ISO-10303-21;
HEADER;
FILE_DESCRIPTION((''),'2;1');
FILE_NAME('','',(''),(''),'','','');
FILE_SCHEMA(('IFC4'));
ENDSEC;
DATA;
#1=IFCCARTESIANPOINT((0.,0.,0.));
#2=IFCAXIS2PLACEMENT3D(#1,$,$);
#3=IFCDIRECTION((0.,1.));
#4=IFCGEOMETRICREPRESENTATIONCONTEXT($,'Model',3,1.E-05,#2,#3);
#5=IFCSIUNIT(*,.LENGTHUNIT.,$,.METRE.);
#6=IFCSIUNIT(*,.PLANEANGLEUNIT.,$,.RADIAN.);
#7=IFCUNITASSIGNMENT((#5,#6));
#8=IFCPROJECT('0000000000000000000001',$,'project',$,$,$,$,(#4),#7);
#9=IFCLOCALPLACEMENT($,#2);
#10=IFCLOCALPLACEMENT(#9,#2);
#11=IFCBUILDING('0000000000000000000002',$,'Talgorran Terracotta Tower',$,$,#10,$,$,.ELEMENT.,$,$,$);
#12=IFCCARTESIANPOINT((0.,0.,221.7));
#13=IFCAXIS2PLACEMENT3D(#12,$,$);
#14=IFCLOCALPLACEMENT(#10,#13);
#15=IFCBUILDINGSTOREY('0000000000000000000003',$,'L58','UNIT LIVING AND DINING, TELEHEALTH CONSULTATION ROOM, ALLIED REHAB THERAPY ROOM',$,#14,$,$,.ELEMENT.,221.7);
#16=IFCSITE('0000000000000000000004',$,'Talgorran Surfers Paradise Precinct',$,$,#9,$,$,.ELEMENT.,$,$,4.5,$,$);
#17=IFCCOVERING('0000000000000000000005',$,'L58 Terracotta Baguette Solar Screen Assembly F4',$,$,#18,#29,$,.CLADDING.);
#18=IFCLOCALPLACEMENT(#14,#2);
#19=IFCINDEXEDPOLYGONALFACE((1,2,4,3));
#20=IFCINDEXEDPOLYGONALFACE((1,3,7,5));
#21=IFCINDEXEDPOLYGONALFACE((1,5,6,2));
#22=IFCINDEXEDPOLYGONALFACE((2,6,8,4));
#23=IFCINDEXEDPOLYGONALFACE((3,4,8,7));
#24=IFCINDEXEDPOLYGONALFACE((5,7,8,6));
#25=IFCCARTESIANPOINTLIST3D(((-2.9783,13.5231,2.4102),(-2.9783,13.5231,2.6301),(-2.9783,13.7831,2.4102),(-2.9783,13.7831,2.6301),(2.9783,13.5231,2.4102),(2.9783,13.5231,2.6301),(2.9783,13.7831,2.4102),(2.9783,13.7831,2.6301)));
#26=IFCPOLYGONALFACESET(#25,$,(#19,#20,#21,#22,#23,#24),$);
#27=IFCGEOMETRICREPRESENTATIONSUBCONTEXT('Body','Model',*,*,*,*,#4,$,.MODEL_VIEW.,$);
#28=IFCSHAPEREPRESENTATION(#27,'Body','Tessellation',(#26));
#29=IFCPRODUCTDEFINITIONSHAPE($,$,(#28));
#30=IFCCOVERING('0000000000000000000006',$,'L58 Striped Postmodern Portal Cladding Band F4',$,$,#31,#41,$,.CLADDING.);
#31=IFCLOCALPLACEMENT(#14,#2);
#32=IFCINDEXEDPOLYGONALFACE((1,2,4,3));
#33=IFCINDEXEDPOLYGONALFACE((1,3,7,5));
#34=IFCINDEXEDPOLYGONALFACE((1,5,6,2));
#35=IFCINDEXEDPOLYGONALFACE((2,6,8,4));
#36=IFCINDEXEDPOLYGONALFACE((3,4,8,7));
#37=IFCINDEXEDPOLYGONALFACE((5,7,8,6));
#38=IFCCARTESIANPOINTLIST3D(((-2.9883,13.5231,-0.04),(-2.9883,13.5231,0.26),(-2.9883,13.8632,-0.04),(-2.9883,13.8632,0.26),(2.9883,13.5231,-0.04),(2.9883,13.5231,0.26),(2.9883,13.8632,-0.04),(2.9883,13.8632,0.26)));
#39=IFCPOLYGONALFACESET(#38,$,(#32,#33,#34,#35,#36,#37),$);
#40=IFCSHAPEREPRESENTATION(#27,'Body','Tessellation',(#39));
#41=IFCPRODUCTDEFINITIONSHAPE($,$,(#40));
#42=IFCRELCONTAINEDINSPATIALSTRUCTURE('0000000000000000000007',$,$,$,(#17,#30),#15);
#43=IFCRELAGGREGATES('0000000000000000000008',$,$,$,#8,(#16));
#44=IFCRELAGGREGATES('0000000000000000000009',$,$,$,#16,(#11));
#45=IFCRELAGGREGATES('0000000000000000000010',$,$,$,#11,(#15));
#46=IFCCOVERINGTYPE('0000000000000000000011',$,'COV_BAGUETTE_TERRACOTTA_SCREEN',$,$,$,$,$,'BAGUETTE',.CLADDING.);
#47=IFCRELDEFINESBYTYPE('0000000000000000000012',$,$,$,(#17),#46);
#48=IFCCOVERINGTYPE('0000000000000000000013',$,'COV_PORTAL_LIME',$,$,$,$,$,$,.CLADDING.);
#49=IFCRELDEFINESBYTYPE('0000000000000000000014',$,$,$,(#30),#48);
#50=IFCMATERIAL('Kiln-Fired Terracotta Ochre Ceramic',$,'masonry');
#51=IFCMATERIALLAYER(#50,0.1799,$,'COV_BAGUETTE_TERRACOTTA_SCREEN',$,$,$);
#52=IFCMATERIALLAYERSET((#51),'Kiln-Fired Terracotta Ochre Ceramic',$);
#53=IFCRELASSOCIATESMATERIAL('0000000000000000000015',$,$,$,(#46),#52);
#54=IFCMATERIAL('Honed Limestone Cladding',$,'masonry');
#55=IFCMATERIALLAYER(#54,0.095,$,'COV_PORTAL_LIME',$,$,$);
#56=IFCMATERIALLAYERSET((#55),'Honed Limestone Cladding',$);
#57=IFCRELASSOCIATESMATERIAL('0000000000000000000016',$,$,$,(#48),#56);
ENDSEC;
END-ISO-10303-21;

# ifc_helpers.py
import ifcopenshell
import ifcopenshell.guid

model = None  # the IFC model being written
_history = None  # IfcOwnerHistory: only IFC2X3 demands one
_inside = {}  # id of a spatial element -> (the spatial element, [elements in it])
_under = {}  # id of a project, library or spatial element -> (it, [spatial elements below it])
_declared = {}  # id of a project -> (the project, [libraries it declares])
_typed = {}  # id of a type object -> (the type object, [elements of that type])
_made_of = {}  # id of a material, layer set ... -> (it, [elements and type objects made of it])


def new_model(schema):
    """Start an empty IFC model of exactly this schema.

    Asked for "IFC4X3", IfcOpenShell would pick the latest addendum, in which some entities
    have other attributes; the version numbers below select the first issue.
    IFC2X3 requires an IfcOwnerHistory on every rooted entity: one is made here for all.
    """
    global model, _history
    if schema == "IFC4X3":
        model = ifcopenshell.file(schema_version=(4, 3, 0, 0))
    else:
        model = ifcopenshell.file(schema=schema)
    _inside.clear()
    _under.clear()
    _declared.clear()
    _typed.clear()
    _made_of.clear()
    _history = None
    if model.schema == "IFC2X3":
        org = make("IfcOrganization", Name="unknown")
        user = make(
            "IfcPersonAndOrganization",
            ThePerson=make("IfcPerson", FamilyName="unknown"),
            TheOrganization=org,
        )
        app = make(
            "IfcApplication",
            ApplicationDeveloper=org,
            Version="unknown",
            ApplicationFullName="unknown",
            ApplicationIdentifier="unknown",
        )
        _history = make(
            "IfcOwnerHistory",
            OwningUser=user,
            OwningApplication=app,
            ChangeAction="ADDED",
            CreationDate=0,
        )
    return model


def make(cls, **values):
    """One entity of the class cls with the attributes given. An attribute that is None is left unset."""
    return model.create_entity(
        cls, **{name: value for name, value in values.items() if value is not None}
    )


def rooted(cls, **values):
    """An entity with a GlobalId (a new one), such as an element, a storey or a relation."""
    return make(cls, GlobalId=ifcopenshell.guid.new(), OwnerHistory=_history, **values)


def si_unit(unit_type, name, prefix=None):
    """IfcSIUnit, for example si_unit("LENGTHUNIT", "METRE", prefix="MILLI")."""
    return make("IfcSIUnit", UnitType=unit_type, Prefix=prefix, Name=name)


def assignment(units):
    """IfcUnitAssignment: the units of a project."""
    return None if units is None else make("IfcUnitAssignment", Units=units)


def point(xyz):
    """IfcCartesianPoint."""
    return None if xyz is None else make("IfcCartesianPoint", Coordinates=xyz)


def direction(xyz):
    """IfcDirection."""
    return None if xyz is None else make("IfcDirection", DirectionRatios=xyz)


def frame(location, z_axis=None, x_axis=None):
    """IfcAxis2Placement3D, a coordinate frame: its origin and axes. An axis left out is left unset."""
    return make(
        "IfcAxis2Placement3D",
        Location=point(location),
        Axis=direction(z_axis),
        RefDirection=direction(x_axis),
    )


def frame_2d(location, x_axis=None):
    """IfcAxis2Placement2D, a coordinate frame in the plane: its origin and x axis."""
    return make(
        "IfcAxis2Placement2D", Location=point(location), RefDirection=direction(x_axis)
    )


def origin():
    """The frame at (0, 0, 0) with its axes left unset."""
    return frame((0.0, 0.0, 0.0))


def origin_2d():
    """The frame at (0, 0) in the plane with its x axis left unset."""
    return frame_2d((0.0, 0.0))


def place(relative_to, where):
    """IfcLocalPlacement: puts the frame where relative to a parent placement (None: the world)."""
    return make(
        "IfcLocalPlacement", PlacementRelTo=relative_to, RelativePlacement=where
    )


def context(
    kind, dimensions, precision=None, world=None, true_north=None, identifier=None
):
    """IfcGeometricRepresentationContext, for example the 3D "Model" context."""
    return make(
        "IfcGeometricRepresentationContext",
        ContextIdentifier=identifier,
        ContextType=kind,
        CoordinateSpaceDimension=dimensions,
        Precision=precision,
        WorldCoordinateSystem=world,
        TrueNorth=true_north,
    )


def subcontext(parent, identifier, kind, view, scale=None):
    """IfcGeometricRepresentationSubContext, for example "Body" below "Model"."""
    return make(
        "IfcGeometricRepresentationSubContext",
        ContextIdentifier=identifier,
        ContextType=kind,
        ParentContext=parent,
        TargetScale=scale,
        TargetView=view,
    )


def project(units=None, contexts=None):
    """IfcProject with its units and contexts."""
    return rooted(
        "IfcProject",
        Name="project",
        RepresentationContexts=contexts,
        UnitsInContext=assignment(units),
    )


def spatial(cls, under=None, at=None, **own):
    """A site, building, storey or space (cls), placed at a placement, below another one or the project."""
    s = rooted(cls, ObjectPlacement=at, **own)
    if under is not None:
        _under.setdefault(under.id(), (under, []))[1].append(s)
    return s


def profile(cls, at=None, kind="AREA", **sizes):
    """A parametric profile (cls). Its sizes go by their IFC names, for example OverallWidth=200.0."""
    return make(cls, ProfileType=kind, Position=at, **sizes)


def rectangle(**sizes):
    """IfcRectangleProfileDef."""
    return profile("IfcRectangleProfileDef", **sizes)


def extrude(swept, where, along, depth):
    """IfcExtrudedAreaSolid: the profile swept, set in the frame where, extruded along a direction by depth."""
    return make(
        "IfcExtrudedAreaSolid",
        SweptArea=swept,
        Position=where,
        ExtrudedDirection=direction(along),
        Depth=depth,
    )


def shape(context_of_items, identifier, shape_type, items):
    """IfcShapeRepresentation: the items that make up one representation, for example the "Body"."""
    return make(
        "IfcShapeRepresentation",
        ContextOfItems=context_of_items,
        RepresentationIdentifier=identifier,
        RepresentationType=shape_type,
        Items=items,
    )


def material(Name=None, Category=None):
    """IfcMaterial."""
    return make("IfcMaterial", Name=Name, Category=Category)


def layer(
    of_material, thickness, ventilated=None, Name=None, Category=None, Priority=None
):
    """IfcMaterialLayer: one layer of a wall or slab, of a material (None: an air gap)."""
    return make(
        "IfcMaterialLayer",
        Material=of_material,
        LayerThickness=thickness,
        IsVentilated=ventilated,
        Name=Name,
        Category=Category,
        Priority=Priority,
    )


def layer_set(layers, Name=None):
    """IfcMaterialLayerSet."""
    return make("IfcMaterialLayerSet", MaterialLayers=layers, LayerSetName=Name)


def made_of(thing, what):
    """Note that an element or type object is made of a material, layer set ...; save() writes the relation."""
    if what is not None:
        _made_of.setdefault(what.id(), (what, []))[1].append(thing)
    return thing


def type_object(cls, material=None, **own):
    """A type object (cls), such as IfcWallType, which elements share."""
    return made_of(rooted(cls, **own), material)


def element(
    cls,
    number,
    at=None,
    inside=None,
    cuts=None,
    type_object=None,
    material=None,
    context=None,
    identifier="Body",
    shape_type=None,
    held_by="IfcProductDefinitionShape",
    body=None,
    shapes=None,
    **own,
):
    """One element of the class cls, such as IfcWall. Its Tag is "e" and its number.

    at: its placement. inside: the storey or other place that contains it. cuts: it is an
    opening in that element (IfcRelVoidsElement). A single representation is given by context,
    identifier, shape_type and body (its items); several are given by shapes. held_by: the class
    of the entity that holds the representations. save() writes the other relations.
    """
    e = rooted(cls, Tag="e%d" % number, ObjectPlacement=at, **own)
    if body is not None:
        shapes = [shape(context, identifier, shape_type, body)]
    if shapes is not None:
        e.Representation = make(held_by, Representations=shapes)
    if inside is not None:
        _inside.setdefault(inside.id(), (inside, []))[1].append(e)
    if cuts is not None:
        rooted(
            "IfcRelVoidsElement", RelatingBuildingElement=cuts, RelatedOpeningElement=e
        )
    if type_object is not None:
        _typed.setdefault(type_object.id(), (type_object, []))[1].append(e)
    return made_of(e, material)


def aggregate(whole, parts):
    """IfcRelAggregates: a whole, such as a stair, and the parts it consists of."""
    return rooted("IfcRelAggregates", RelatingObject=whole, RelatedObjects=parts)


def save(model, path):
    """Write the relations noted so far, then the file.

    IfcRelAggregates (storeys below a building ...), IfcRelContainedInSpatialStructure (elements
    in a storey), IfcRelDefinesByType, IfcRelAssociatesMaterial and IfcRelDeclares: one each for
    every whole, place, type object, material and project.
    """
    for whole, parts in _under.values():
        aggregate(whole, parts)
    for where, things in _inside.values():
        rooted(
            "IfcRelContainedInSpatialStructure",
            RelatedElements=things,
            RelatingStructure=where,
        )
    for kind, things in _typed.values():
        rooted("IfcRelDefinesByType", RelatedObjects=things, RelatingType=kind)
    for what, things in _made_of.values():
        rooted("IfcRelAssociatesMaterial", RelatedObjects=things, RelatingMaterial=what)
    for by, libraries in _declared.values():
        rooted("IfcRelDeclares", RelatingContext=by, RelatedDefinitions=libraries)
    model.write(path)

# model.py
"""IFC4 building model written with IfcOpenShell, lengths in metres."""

from ifc_helpers import new_model, si_unit, direction, frame, origin, origin_2d, place, context, subcontext, project, spatial, rectangle, extrude, material, layer, layer_set, type_object, element, save


model = new_model("IFC4")

# Units and contexts
model_context = context("Model", 3, precision=1e-05, world=origin(), true_north=direction((0.0, 1.0)))
body_context = subcontext(model_context, "Body", "Model", "MODEL_VIEW")
ifc_project = project(units=[si_unit("LENGTHUNIT", "METRE"), si_unit("PLANEANGLEUNIT", "RADIAN")], contexts=[model_context])

# Site, building, storey
site_placement = place(None, origin())
site = spatial("IfcSite", under=ifc_project, at=site_placement, Name="Talgorran Surfers Paradise Precinct", CompositionType="ELEMENT", RefElevation=4.5)
building_placement = place(site_placement, origin())
building = spatial("IfcBuilding", under=site, at=building_placement, Name="Talgorran Terracotta Tower", CompositionType="ELEMENT")
storey_placement = place(building_placement, frame((0.0, 0.0, 221.7)))
storey = spatial("IfcBuildingStorey", under=building, at=storey_placement, Name="L58", Description="UNIT LIVING AND DINING, TELEHEALTH CONSULTATION ROOM, ALLIED REHAB THERAPY ROOM", CompositionType="ELEMENT", Elevation=221.7)

# Coverings
ifc_material_1 = material(Name="Kiln-Fired Terracotta Ochre Ceramic", Category="masonry")
ifc_layer_1 = layer(ifc_material_1, 0.1799, Name="COV_BAGUETTE_TERRACOTTA_SCREEN")
ifc_layer_set_1 = layer_set([ifc_layer_1], Name="Kiln-Fired Terracotta Ochre Ceramic")
covering_type_1 = type_object("IfcCoveringType", Name="COV_BAGUETTE_TERRACOTTA_SCREEN", ElementType="BAGUETTE", PredefinedType="CLADDING", material=ifc_layer_set_1)
covering_1_placement = place(storey_placement, frame((0.0, 13.6531, 2.4102), z_axis=(0.0, 0.0, 1.0), x_axis=(-1.0, 0.0, 0.0)))
element("IfcCovering", 1, at=covering_1_placement, inside=storey, type_object=covering_type_1, Name="L58 Terracotta Baguette Solar Screen Assembly F4", PredefinedType="CLADDING", context=body_context, shape_type="SweptSolid", body=[
    extrude(rectangle(XDim=5.9565, YDim=0.26, at=origin_2d()), origin(), (0.0, 0.0, 1.0), 0.22),
])
ifc_material_2 = material(Name="Honed Limestone Cladding", Category="masonry")
ifc_layer_2 = layer(ifc_material_2, 0.095, Name="COV_PORTAL_LIME")
ifc_layer_set_2 = layer_set([ifc_layer_2], Name="Honed Limestone Cladding")
covering_type_2 = type_object("IfcCoveringType", Name="COV_PORTAL_LIME", PredefinedType="CLADDING", material=ifc_layer_set_2)
covering_2_placement = place(storey_placement, frame((0.0, 13.6931, -0.04), z_axis=(0.0, 0.0, 1.0), x_axis=(-1.0, 0.0, 0.0)))
element("IfcCovering", 2, at=covering_2_placement, inside=storey, type_object=covering_type_2, Name="L58 Striped Postmodern Portal Cladding Band F4", PredefinedType="CLADDING", context=body_context, shape_type="SweptSolid", body=[
    extrude(rectangle(XDim=5.9766, YDim=0.3401, at=origin_2d()), origin(), (0.0, 0.0, 1.0), 0.3),
])

save(model, "model.ifc")
